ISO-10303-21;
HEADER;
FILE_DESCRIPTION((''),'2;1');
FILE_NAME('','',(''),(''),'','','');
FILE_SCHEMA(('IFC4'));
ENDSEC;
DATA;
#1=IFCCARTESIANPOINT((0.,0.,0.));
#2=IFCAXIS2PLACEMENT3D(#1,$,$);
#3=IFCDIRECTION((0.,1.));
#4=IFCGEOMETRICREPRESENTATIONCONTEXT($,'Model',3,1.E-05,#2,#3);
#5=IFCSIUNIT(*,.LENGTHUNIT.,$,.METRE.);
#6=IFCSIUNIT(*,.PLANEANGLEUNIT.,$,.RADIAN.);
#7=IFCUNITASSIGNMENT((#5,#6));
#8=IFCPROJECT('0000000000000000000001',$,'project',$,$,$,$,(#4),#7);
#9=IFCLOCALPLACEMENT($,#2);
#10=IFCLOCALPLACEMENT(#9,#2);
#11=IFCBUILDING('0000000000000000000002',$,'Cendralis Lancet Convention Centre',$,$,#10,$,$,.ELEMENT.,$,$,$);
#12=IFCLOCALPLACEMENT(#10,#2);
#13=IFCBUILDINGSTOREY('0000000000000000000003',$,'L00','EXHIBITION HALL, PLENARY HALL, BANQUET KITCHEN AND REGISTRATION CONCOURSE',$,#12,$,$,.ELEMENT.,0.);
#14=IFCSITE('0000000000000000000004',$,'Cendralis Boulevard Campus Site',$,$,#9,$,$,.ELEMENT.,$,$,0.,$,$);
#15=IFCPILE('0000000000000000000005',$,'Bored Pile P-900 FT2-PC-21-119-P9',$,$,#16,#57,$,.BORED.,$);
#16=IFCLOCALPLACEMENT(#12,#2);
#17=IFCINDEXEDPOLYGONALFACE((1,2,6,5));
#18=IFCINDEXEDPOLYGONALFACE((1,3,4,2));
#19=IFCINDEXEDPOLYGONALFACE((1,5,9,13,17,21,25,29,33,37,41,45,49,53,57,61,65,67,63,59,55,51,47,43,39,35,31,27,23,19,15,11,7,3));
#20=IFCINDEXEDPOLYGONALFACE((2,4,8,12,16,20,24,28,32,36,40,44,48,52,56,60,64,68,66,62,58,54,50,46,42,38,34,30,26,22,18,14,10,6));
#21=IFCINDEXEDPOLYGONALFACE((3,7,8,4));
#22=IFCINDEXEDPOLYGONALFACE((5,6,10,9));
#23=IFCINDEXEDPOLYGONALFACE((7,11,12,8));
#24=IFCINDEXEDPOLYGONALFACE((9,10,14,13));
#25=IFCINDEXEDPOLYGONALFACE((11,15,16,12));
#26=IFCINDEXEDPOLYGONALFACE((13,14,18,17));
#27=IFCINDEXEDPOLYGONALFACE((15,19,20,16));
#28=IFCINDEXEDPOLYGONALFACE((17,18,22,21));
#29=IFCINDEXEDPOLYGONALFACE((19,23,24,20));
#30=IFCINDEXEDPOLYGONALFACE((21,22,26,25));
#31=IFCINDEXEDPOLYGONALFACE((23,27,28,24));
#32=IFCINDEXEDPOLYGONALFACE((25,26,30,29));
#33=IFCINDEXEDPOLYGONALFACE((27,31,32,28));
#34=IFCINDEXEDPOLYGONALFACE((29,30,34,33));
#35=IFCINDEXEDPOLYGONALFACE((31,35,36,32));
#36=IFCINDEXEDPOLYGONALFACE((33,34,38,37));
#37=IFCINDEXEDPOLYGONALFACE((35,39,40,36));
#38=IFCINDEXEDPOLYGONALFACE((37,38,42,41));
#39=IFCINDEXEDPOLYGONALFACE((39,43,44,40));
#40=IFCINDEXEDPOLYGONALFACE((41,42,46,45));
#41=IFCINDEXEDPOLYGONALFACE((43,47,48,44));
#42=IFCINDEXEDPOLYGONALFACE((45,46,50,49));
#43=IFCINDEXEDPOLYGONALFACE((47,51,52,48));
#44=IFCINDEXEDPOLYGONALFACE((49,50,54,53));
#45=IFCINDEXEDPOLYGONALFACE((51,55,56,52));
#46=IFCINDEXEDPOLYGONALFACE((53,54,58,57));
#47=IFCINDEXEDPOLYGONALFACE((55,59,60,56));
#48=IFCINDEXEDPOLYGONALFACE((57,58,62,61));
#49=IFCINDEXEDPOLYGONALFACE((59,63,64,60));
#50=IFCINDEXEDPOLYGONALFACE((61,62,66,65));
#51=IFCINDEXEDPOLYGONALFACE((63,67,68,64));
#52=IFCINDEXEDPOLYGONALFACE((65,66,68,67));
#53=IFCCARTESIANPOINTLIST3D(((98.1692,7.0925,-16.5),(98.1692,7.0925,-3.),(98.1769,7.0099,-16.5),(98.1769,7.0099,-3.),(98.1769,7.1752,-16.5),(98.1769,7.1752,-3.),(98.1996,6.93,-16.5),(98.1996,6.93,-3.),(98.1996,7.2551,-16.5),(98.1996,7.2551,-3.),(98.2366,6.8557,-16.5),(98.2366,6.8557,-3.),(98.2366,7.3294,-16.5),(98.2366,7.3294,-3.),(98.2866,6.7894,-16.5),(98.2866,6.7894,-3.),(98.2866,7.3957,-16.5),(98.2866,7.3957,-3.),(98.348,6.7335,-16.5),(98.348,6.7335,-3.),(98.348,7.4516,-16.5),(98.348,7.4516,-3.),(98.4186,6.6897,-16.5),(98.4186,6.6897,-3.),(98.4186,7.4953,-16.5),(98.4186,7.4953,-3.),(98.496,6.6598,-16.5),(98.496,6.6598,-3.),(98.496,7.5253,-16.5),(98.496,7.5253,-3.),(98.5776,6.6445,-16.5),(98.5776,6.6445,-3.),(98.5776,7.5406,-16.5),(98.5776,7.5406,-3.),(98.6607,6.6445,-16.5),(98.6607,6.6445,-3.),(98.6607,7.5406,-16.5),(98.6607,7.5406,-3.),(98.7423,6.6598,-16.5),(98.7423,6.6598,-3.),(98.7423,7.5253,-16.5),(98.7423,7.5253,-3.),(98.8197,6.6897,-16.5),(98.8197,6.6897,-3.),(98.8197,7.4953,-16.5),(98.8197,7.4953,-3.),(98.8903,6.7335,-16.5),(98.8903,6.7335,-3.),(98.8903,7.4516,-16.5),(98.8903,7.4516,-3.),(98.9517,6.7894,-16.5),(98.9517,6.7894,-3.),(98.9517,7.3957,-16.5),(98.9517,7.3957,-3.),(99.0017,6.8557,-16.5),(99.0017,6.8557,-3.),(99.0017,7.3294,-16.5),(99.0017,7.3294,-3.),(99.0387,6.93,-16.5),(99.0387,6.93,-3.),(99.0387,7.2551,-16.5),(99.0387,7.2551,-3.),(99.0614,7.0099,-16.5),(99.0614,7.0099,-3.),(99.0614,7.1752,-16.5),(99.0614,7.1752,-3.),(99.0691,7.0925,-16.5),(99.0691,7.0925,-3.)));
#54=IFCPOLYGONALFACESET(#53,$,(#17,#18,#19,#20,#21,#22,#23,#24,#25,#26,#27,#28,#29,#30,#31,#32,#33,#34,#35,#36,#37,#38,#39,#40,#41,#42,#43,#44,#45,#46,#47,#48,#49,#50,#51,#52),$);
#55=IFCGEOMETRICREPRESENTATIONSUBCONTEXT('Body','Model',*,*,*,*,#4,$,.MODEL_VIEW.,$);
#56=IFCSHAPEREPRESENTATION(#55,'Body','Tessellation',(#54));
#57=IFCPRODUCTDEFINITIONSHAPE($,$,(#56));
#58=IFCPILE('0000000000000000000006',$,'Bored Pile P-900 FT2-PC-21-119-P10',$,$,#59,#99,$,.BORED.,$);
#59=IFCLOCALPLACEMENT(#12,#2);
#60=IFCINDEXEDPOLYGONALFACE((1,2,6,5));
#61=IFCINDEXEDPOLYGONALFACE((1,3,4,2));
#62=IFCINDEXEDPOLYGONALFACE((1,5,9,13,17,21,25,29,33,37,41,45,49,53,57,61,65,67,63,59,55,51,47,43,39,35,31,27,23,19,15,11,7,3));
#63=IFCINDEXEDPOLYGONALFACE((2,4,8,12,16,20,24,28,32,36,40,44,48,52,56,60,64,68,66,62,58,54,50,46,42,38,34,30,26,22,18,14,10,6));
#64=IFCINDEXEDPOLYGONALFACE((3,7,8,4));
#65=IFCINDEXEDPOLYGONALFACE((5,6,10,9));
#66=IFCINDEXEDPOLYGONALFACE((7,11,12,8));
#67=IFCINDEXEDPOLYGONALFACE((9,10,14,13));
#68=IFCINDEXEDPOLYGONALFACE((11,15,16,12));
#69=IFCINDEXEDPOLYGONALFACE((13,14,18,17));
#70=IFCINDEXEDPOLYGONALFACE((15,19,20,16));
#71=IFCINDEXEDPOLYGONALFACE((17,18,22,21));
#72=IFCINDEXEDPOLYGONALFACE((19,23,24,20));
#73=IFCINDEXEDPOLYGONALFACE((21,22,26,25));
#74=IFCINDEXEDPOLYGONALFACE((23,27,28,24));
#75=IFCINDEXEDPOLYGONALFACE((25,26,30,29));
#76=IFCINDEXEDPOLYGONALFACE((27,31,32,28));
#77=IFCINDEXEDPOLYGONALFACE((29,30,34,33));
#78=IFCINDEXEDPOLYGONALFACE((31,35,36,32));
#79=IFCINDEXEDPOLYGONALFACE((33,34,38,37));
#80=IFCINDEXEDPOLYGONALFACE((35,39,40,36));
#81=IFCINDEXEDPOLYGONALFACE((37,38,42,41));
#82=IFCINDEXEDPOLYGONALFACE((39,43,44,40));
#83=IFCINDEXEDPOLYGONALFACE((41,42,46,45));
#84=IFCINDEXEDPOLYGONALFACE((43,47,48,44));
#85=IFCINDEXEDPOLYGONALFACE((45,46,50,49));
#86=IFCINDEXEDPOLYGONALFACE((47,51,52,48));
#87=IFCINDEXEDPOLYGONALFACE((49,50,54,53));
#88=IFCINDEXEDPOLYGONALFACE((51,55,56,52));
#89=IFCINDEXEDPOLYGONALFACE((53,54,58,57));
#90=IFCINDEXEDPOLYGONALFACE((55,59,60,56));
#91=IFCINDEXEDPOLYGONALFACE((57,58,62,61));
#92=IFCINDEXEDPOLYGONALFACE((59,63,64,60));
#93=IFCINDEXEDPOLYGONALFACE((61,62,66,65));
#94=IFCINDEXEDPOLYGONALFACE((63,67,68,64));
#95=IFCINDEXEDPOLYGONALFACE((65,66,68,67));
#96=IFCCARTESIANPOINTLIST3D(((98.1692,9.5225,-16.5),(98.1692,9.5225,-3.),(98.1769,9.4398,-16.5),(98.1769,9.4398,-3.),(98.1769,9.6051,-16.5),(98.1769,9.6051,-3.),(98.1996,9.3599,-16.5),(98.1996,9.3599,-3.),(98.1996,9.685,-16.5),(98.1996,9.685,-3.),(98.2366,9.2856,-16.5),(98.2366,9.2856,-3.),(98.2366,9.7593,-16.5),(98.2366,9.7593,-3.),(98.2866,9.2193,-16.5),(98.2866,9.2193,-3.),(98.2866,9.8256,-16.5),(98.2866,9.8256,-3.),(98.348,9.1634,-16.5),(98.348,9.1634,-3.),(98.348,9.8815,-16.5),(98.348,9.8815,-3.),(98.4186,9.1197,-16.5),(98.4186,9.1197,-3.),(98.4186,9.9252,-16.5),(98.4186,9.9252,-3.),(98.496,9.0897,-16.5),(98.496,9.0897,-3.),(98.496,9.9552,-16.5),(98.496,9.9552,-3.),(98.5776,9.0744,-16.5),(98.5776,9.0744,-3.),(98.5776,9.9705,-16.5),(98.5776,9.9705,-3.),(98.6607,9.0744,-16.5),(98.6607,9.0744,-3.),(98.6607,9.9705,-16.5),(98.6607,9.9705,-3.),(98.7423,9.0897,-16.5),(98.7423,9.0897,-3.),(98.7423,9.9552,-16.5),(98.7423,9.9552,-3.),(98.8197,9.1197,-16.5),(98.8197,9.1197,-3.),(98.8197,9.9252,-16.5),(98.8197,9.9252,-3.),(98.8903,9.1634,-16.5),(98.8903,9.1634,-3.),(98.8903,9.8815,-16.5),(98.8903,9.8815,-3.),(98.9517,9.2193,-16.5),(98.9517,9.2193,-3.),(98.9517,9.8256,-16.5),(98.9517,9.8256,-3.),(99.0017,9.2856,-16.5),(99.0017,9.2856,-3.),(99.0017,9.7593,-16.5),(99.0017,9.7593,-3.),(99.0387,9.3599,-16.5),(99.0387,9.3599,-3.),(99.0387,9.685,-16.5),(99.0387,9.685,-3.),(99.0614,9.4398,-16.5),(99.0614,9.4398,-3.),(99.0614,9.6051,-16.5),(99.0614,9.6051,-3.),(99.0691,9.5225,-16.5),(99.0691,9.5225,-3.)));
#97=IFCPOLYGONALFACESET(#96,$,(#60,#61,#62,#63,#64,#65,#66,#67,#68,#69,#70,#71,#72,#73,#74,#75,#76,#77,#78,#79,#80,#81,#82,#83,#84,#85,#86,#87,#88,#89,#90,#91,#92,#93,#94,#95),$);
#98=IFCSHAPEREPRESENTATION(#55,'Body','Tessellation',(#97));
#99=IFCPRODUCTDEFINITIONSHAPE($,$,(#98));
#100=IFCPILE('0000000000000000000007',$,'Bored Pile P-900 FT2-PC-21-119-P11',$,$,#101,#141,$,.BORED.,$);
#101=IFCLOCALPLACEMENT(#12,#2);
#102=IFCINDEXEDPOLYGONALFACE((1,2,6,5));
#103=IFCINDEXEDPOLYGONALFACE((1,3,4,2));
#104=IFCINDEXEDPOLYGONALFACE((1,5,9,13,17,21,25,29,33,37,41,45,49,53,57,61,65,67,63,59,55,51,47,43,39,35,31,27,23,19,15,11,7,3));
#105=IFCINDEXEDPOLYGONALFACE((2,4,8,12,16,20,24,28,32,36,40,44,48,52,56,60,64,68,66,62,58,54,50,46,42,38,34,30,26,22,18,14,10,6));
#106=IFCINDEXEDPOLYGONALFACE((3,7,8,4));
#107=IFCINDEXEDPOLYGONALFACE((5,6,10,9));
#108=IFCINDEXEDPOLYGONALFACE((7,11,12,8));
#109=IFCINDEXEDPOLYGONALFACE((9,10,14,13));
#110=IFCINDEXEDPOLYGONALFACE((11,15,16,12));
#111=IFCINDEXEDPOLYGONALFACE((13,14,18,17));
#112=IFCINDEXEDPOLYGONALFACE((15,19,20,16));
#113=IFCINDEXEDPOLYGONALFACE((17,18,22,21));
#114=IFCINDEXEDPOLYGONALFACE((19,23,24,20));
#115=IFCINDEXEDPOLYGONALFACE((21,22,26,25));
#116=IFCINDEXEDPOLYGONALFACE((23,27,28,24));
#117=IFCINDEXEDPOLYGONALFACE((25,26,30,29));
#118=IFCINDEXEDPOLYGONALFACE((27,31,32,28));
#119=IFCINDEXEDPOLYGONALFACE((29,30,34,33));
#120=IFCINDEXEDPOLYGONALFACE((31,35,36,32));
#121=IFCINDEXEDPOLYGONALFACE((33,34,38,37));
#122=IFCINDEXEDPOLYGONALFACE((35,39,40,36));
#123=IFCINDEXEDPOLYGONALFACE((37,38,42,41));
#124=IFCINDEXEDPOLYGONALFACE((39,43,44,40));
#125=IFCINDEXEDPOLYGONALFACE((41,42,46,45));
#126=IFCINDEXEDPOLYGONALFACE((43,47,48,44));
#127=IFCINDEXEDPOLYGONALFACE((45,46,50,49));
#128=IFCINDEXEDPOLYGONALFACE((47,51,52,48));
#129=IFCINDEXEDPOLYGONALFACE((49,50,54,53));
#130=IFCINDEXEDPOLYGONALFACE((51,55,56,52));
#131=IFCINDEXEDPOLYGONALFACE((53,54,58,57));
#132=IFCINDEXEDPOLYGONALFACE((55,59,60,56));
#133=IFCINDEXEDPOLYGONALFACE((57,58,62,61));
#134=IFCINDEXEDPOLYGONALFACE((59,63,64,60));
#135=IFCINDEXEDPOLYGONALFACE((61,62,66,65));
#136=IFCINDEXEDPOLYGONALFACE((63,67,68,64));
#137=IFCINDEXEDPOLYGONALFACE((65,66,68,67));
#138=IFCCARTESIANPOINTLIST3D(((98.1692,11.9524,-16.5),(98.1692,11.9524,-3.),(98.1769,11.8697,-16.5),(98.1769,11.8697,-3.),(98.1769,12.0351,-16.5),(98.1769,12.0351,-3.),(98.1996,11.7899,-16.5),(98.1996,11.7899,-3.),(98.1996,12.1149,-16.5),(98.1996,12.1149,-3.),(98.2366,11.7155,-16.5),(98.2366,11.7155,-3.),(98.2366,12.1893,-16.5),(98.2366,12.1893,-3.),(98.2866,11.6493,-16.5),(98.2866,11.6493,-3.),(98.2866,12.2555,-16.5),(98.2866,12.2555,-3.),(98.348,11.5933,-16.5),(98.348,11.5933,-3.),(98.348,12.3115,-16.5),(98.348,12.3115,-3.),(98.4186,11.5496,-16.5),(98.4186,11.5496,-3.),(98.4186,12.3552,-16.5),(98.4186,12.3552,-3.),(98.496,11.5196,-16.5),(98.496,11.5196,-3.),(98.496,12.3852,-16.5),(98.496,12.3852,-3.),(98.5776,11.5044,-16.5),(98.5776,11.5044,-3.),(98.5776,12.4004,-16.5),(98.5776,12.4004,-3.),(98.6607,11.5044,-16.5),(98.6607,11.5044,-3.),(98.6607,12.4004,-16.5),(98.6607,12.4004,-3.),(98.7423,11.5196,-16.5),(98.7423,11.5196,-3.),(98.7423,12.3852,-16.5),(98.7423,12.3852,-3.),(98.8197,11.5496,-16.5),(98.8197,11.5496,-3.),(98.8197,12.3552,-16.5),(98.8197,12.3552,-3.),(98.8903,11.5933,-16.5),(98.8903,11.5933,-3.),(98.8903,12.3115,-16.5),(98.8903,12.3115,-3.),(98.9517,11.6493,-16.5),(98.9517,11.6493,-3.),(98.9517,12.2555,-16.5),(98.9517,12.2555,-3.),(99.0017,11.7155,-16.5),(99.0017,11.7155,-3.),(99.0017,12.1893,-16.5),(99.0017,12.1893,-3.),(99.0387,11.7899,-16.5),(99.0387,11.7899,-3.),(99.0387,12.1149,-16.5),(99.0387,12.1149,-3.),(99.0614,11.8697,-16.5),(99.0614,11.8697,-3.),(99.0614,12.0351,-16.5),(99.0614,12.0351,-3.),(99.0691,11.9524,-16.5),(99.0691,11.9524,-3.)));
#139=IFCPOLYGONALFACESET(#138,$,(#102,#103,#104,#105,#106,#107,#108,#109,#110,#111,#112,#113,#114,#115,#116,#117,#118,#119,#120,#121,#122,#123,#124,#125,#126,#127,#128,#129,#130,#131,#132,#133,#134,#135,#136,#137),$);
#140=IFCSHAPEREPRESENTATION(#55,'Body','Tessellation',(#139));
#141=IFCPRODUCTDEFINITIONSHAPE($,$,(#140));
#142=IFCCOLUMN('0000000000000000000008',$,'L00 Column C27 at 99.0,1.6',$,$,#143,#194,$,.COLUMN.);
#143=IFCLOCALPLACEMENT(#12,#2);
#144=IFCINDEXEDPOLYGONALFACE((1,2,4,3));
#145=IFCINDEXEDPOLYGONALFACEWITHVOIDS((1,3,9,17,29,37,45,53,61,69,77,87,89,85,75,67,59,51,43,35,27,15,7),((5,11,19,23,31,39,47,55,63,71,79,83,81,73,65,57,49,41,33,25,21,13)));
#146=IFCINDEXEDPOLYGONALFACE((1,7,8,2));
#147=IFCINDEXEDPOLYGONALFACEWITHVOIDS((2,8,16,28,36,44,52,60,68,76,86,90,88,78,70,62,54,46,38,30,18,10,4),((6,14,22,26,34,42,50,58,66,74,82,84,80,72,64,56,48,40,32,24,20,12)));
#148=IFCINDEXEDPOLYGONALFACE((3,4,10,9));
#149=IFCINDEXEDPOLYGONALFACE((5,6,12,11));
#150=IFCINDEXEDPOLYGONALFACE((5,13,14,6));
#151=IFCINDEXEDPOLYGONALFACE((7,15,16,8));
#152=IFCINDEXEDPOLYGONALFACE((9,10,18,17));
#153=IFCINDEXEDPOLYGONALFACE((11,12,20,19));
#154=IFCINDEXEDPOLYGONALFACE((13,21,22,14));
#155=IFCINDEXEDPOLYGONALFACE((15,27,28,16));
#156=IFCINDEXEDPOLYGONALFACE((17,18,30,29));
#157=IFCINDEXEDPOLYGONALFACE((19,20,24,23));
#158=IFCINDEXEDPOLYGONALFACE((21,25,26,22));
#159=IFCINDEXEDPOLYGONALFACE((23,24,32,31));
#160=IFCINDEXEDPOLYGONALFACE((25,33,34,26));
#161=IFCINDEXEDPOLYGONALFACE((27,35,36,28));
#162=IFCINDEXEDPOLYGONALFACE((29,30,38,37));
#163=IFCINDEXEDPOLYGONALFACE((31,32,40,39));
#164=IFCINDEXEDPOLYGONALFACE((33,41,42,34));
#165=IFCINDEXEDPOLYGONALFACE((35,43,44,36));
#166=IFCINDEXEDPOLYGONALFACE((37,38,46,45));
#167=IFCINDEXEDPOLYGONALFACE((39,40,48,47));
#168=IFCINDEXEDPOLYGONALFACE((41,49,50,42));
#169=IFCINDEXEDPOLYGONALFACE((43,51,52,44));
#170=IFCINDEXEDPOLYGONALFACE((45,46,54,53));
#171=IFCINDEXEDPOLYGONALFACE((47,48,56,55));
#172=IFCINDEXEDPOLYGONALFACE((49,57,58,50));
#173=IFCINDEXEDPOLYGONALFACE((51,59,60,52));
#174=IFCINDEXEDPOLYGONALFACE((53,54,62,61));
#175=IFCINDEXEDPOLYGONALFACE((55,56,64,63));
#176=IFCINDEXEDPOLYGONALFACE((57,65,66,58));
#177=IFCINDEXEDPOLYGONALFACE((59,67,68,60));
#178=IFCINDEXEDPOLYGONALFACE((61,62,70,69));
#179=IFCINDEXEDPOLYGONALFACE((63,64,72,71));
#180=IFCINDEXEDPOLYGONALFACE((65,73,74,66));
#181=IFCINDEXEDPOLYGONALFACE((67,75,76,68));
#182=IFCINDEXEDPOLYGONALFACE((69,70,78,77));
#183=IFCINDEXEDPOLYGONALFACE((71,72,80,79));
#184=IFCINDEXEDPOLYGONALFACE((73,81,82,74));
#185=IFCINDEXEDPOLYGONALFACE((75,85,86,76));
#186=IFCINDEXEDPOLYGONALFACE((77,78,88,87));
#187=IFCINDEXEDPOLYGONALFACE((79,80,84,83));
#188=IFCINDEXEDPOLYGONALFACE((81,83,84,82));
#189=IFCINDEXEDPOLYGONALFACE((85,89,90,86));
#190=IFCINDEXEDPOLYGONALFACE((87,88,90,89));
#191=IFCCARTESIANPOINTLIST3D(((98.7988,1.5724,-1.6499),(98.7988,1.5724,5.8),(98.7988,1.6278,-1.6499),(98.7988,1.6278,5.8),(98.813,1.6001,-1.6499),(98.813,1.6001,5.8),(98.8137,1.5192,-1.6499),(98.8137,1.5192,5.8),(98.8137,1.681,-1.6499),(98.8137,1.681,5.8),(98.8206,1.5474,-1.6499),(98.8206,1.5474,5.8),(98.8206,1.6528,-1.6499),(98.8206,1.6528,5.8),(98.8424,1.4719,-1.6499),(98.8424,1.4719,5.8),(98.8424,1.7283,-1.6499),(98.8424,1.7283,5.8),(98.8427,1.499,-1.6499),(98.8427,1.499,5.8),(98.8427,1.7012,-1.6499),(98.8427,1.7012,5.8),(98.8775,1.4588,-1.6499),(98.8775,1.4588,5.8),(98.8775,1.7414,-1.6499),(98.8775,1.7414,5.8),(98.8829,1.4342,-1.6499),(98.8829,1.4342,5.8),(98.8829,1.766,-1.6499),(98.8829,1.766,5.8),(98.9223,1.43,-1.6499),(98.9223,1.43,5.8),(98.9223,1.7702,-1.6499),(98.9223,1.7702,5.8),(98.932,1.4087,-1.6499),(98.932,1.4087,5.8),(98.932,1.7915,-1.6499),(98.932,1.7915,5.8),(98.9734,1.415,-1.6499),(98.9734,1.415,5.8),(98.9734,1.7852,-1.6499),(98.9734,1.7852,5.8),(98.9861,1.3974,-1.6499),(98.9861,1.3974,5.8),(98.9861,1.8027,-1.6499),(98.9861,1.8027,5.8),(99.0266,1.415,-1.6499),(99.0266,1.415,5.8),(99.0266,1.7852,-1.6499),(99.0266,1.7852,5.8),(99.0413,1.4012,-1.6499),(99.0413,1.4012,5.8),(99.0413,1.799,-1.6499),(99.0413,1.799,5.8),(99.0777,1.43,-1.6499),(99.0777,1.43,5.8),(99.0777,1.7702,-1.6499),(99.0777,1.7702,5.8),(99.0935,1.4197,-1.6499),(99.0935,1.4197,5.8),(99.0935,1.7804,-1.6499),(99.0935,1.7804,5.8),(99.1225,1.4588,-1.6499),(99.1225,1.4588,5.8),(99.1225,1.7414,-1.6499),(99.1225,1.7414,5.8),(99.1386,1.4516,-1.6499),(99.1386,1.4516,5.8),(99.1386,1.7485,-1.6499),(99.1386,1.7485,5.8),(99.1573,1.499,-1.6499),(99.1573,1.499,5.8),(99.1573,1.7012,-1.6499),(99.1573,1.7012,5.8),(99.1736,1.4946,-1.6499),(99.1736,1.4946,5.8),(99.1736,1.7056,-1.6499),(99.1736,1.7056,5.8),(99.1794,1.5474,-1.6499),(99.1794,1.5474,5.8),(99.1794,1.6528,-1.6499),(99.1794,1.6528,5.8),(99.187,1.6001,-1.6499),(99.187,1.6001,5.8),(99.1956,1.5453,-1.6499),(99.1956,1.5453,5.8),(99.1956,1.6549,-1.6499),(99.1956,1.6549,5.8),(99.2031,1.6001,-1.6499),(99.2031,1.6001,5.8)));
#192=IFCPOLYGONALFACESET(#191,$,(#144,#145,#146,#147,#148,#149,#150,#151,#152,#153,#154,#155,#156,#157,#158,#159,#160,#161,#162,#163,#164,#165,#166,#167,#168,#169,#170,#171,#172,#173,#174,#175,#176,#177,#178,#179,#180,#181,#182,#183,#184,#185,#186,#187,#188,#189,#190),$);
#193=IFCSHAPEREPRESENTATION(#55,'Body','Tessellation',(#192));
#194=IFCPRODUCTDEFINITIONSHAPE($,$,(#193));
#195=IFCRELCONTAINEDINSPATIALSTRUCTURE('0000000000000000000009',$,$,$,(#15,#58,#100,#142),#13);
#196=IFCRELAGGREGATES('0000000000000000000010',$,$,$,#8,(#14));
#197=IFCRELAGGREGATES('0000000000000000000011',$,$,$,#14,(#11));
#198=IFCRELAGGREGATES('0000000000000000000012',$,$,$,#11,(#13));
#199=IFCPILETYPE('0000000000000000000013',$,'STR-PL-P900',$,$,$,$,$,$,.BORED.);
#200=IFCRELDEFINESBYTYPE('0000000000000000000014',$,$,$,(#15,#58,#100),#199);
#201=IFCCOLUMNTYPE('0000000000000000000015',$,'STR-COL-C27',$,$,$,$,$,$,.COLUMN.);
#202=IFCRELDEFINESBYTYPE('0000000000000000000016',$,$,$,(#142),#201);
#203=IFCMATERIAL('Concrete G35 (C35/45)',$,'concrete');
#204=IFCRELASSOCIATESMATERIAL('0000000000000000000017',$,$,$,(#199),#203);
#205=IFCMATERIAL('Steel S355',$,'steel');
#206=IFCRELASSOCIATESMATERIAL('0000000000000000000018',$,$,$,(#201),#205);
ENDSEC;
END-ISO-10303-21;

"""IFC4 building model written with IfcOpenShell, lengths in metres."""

from ifc_helpers import new_model, si_unit, direction, frame, origin, origin_2d, place, context, subcontext, project, spatial, circle, hollow_circle, extrude, material, material_profile, profile_set, type_object, element, save


model = new_model("IFC4")

# Units and contexts
model_context = context("Model", 3, precision=1e-05, world=origin(), true_north=direction((0.0, 1.0)))
body_context = subcontext(model_context, "Body", "Model", "MODEL_VIEW")
ifc_project = project(units=[si_unit("LENGTHUNIT", "METRE"), si_unit("PLANEANGLEUNIT", "RADIAN")], contexts=[model_context])

# Site, building, storey
site_placement = place(None, origin())
site = spatial("IfcSite", under=ifc_project, at=site_placement, Name="Cendralis Boulevard Campus Site", CompositionType="ELEMENT", RefElevation=0.0)
building_placement = place(site_placement, origin())
building = spatial("IfcBuilding", under=site, at=building_placement, Name="Cendralis Lancet Convention Centre", CompositionType="ELEMENT")
storey_placement = place(building_placement, origin())
storey = spatial("IfcBuildingStorey", under=building, at=storey_placement, Name="L00", Description="EXHIBITION HALL, PLENARY HALL, BANQUET KITCHEN AND REGISTRATION CONCOURSE", CompositionType="ELEMENT", Elevation=0.0)

# Shared definitions
ifc_material_1 = material(Name="Concrete G35 (C35/45)", Category="concrete")

# Piles
ifc_material_profile_1 = material_profile(ifc_material_1, circle(Radius=0.45, at=origin_2d()), Name="BORED PILE D900")
ifc_profile_set_1 = profile_set([ifc_material_profile_1], Name="Concrete G35 (C35/45)")
pile_type_1 = type_object("IfcPileType", Name="STR-PL-P900", PredefinedType="BORED", material=ifc_profile_set_1)
for number, where, z_axis, x_axis, name in (
    (1, (98.6191, 7.0925, -3.0), (0.0, 0.0, -1.0), (1.0, 0.0, 0.0), "Bored Pile P-900 FT2-PC-21-119-P9"),
    (2, (98.6191, 9.5225, -3.0), (0.0, 0.0, -1.0), (1.0, 0.0, 0.0), "Bored Pile P-900 FT2-PC-21-119-P10"),
    (3, (98.6191, 11.9524, -3.0), (0.0, 0.0, -1.0), (1.0, 0.0, 0.0), "Bored Pile P-900 FT2-PC-21-119-P11"),
):
    element("IfcPile", number, at=place(storey_placement, frame(where, z_axis=z_axis, x_axis=x_axis)), inside=storey, type_object=pile_type_1, Name=name, PredefinedType="BORED", context=body_context, shape_type="SweptSolid", body=[
        extrude(circle(Radius=0.45, at=origin_2d()), origin(), (0.0, 0.0, 1.0), 13.5),
    ])

# Column
ifc_material_2 = material(Name="Steel S355", Category="steel")
ifc_material_profile_2 = material_profile(ifc_material_2, hollow_circle(Radius=0.2031, WallThickness=0.0161, at=origin_2d()), Name="CHS 406.4x16.0")
ifc_profile_set_2 = profile_set([ifc_material_profile_2], Name="Steel S355")
column_type = type_object("IfcColumnType", Name="STR-COL-C27", PredefinedType="COLUMN", material=ifc_profile_set_2)
for number, where, z_axis, x_axis, name in (
    (4, (99.0, 1.6001, -1.6499), (0.0, 0.0, 1.0), (1.0, 0.0, 0.0), "L00 Column C27 at 99.0,1.6"),
):
    element("IfcColumn", number, at=place(storey_placement, frame(where, z_axis=z_axis, x_axis=x_axis)), inside=storey, type_object=column_type, Name=name, PredefinedType="COLUMN", context=body_context, shape_type="SweptSolid", body=[
        extrude(hollow_circle(Radius=0.2031, WallThickness=0.0161, at=origin_2d()), origin(), (0.0, 0.0, 1.0), 7.45),
    ])

save(model, "model.ifc")
